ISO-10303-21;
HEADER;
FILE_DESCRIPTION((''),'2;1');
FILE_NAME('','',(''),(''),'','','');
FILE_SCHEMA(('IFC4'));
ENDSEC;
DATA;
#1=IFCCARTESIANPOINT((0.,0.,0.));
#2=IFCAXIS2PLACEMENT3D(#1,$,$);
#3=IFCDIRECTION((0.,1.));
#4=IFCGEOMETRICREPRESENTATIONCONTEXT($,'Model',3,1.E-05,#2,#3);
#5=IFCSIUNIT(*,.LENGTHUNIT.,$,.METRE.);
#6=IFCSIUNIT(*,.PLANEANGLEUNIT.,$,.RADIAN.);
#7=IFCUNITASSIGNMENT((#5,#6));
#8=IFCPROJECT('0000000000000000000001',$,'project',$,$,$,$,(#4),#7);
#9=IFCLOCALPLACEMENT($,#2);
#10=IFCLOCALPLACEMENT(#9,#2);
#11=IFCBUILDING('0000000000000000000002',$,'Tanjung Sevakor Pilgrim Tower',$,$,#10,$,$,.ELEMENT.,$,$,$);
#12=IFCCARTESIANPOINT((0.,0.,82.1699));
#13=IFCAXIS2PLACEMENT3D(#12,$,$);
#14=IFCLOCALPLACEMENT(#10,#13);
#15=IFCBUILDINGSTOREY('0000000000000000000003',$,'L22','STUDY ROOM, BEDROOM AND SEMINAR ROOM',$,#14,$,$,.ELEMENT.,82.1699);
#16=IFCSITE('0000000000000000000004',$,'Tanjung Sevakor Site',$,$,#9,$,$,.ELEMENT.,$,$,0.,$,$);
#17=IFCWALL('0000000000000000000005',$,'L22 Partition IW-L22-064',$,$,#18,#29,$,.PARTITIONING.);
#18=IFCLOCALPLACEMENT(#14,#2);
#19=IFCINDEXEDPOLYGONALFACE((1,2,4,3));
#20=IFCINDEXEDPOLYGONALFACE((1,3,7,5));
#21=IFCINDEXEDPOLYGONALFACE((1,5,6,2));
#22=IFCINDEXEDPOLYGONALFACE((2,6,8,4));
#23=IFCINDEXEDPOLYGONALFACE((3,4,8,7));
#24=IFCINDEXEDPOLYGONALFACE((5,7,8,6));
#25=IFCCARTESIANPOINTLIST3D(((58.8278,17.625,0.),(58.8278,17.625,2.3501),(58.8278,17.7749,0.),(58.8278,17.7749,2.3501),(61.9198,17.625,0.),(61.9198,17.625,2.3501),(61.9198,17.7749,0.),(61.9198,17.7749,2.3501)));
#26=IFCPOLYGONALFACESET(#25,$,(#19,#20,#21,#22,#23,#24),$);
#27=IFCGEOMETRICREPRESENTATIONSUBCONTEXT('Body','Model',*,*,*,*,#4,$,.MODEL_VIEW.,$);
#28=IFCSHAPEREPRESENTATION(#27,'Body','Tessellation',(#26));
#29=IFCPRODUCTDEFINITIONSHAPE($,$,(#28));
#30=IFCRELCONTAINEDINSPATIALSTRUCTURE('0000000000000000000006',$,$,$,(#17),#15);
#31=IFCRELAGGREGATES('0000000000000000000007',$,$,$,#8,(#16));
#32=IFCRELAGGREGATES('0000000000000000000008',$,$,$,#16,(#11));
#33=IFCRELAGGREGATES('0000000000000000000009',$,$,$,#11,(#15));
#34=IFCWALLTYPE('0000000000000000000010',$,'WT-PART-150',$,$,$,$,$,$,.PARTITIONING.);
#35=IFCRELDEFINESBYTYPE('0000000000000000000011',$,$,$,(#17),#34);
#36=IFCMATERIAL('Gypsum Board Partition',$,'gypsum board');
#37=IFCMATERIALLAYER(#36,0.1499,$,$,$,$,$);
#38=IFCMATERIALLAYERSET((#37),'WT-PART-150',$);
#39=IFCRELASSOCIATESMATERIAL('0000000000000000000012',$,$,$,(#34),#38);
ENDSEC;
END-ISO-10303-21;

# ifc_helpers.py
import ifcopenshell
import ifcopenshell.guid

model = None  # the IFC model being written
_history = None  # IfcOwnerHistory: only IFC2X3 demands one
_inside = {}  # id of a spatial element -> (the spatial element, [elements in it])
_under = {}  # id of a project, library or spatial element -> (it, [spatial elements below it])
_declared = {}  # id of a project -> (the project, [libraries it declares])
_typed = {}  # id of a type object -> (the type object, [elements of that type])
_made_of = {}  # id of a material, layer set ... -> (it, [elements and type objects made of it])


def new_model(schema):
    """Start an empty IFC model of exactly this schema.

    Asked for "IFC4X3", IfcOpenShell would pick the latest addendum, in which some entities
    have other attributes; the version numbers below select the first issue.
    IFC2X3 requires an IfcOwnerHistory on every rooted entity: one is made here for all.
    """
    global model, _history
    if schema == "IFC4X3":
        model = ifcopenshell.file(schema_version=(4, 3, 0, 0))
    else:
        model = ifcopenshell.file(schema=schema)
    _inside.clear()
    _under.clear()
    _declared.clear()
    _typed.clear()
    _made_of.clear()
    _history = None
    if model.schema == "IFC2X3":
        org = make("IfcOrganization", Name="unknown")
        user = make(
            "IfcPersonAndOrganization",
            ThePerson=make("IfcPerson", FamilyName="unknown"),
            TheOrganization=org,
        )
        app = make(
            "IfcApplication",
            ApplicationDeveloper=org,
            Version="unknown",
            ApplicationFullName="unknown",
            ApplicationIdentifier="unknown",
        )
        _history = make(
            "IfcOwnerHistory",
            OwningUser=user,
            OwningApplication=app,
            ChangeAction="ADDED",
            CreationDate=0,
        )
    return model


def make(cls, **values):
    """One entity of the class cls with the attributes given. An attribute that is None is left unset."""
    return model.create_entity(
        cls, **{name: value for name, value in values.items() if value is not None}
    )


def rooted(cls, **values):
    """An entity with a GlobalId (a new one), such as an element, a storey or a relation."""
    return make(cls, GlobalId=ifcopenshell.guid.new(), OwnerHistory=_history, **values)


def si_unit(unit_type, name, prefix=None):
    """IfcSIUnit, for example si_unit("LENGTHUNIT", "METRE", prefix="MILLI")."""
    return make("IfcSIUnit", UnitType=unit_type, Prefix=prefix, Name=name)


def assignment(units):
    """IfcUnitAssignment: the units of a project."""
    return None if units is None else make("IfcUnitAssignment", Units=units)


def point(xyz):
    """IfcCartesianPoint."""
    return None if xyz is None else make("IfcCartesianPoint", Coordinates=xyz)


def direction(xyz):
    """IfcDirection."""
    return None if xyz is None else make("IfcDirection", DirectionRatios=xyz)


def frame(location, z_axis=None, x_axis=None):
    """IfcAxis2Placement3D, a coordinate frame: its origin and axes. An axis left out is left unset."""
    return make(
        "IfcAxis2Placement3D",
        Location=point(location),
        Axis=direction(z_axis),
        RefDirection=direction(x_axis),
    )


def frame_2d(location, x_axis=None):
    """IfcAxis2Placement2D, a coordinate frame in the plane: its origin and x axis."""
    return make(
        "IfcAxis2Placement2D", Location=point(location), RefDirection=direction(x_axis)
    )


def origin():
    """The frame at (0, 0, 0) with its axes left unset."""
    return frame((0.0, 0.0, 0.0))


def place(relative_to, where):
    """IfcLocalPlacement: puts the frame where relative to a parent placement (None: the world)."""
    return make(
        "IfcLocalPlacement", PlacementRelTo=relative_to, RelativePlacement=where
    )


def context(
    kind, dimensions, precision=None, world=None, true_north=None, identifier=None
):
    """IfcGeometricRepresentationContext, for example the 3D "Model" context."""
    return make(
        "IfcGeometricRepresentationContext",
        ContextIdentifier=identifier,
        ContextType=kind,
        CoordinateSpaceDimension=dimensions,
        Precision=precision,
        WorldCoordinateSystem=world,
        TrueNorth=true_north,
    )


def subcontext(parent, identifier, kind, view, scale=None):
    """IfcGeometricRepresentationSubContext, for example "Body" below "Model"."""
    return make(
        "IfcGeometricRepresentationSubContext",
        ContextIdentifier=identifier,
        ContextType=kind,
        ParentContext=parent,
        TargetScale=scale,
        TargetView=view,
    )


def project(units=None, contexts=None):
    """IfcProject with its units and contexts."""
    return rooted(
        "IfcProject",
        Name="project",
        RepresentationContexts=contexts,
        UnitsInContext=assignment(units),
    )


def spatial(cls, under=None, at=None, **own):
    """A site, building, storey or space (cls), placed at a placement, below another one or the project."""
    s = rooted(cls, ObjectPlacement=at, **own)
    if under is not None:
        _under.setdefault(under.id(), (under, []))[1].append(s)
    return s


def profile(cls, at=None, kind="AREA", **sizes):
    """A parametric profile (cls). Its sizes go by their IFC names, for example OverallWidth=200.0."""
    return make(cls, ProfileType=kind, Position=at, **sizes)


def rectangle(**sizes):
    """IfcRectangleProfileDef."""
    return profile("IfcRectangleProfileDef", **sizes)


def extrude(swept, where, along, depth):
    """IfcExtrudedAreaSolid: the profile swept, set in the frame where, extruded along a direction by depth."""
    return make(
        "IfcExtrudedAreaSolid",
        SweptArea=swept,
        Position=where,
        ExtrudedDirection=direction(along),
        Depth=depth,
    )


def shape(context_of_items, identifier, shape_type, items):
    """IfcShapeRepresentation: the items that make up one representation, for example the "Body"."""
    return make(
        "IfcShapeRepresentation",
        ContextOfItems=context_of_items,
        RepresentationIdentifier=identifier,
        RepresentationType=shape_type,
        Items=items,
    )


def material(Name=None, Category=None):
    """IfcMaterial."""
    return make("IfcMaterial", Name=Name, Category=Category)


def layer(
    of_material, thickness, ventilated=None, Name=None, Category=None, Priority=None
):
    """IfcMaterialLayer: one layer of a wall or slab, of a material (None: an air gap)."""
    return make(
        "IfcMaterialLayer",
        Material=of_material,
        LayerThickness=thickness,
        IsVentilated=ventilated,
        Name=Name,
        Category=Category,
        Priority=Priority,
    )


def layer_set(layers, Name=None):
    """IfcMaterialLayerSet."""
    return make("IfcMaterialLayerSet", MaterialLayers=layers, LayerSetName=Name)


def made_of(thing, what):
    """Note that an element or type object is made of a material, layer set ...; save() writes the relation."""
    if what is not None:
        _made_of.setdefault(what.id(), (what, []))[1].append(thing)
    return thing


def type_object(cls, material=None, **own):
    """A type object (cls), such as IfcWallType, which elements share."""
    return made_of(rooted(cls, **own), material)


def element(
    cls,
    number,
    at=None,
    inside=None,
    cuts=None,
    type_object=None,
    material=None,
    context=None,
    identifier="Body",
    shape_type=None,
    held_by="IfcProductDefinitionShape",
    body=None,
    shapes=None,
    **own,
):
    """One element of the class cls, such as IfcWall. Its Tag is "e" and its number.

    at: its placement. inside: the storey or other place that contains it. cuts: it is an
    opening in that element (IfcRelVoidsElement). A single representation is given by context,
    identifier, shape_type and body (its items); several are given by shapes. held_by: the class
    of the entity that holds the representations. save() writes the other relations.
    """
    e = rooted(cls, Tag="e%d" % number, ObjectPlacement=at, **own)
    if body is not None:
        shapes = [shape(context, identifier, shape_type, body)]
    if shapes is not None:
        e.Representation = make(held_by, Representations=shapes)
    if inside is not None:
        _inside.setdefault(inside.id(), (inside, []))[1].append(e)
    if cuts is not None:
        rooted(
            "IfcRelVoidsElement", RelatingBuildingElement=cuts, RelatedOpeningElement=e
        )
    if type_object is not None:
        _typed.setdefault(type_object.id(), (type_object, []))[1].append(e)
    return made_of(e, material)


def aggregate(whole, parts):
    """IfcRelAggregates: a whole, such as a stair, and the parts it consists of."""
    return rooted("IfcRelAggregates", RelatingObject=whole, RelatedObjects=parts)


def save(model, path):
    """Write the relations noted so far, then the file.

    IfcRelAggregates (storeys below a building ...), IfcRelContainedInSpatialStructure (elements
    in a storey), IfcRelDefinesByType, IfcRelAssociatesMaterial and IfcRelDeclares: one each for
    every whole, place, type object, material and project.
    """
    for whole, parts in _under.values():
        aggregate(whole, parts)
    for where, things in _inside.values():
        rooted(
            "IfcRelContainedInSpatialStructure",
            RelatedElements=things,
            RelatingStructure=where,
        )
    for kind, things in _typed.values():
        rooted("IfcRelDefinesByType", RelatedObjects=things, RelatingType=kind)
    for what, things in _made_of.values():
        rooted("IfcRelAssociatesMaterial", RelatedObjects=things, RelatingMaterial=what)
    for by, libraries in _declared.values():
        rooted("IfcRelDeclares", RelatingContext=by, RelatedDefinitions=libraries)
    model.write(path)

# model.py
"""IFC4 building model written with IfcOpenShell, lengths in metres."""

from ifc_helpers import new_model, si_unit, direction, frame, frame_2d, origin, place, context, subcontext, project, spatial, rectangle, extrude, material, layer, layer_set, type_object, element, save


model = new_model("IFC4")

# Units and contexts
model_context = context("Model", 3, precision=1e-05, world=origin(), true_north=direction((0.0, 1.0)))
body_context = subcontext(model_context, "Body", "Model", "MODEL_VIEW")
ifc_project = project(units=[si_unit("LENGTHUNIT", "METRE"), si_unit("PLANEANGLEUNIT", "RADIAN")], contexts=[model_context])

# Site, building, storey
site_placement = place(None, origin())
site = spatial("IfcSite", under=ifc_project, at=site_placement, Name="Tanjung Sevakor Site", CompositionType="ELEMENT", RefElevation=0.0)
building_placement = place(site_placement, origin())
building = spatial("IfcBuilding", under=site, at=building_placement, Name="Tanjung Sevakor Pilgrim Tower", CompositionType="ELEMENT")
storey_placement = place(building_placement, frame((0.0, 0.0, 82.1699)))
storey = spatial("IfcBuildingStorey", under=building, at=storey_placement, Name="L22", Description="STUDY ROOM, BEDROOM AND SEMINAR ROOM", CompositionType="ELEMENT", Elevation=82.1699)

# Wall
ifc_material_1 = material(Name="Gypsum Board Partition", Category="gypsum board")
ifc_layer_1 = layer(ifc_material_1, 0.1499)
ifc_layer_set_1 = layer_set([ifc_layer_1], Name="WT-PART-150")
wall_type_1 = type_object("IfcWallType", Name="WT-PART-150", PredefinedType="PARTITIONING", material=ifc_layer_set_1)
wall_1_placement = place(storey_placement, frame((58.8279, 17.7, 0.0), z_axis=(0.0, 0.0, 1.0), x_axis=(1.0, 0.0, 0.0)))
element("IfcWall", 1, at=wall_1_placement, inside=storey, type_object=wall_type_1, Name="L22 Partition IW-L22-064", PredefinedType="PARTITIONING", context=body_context, shape_type="SweptSolid", body=[
    extrude(rectangle(XDim=3.092, YDim=0.1499, at=frame_2d((1.5459, 0.0))), origin(), (0.0, 0.0, 1.0), 2.3501),
])

save(model, "model.ifc")
